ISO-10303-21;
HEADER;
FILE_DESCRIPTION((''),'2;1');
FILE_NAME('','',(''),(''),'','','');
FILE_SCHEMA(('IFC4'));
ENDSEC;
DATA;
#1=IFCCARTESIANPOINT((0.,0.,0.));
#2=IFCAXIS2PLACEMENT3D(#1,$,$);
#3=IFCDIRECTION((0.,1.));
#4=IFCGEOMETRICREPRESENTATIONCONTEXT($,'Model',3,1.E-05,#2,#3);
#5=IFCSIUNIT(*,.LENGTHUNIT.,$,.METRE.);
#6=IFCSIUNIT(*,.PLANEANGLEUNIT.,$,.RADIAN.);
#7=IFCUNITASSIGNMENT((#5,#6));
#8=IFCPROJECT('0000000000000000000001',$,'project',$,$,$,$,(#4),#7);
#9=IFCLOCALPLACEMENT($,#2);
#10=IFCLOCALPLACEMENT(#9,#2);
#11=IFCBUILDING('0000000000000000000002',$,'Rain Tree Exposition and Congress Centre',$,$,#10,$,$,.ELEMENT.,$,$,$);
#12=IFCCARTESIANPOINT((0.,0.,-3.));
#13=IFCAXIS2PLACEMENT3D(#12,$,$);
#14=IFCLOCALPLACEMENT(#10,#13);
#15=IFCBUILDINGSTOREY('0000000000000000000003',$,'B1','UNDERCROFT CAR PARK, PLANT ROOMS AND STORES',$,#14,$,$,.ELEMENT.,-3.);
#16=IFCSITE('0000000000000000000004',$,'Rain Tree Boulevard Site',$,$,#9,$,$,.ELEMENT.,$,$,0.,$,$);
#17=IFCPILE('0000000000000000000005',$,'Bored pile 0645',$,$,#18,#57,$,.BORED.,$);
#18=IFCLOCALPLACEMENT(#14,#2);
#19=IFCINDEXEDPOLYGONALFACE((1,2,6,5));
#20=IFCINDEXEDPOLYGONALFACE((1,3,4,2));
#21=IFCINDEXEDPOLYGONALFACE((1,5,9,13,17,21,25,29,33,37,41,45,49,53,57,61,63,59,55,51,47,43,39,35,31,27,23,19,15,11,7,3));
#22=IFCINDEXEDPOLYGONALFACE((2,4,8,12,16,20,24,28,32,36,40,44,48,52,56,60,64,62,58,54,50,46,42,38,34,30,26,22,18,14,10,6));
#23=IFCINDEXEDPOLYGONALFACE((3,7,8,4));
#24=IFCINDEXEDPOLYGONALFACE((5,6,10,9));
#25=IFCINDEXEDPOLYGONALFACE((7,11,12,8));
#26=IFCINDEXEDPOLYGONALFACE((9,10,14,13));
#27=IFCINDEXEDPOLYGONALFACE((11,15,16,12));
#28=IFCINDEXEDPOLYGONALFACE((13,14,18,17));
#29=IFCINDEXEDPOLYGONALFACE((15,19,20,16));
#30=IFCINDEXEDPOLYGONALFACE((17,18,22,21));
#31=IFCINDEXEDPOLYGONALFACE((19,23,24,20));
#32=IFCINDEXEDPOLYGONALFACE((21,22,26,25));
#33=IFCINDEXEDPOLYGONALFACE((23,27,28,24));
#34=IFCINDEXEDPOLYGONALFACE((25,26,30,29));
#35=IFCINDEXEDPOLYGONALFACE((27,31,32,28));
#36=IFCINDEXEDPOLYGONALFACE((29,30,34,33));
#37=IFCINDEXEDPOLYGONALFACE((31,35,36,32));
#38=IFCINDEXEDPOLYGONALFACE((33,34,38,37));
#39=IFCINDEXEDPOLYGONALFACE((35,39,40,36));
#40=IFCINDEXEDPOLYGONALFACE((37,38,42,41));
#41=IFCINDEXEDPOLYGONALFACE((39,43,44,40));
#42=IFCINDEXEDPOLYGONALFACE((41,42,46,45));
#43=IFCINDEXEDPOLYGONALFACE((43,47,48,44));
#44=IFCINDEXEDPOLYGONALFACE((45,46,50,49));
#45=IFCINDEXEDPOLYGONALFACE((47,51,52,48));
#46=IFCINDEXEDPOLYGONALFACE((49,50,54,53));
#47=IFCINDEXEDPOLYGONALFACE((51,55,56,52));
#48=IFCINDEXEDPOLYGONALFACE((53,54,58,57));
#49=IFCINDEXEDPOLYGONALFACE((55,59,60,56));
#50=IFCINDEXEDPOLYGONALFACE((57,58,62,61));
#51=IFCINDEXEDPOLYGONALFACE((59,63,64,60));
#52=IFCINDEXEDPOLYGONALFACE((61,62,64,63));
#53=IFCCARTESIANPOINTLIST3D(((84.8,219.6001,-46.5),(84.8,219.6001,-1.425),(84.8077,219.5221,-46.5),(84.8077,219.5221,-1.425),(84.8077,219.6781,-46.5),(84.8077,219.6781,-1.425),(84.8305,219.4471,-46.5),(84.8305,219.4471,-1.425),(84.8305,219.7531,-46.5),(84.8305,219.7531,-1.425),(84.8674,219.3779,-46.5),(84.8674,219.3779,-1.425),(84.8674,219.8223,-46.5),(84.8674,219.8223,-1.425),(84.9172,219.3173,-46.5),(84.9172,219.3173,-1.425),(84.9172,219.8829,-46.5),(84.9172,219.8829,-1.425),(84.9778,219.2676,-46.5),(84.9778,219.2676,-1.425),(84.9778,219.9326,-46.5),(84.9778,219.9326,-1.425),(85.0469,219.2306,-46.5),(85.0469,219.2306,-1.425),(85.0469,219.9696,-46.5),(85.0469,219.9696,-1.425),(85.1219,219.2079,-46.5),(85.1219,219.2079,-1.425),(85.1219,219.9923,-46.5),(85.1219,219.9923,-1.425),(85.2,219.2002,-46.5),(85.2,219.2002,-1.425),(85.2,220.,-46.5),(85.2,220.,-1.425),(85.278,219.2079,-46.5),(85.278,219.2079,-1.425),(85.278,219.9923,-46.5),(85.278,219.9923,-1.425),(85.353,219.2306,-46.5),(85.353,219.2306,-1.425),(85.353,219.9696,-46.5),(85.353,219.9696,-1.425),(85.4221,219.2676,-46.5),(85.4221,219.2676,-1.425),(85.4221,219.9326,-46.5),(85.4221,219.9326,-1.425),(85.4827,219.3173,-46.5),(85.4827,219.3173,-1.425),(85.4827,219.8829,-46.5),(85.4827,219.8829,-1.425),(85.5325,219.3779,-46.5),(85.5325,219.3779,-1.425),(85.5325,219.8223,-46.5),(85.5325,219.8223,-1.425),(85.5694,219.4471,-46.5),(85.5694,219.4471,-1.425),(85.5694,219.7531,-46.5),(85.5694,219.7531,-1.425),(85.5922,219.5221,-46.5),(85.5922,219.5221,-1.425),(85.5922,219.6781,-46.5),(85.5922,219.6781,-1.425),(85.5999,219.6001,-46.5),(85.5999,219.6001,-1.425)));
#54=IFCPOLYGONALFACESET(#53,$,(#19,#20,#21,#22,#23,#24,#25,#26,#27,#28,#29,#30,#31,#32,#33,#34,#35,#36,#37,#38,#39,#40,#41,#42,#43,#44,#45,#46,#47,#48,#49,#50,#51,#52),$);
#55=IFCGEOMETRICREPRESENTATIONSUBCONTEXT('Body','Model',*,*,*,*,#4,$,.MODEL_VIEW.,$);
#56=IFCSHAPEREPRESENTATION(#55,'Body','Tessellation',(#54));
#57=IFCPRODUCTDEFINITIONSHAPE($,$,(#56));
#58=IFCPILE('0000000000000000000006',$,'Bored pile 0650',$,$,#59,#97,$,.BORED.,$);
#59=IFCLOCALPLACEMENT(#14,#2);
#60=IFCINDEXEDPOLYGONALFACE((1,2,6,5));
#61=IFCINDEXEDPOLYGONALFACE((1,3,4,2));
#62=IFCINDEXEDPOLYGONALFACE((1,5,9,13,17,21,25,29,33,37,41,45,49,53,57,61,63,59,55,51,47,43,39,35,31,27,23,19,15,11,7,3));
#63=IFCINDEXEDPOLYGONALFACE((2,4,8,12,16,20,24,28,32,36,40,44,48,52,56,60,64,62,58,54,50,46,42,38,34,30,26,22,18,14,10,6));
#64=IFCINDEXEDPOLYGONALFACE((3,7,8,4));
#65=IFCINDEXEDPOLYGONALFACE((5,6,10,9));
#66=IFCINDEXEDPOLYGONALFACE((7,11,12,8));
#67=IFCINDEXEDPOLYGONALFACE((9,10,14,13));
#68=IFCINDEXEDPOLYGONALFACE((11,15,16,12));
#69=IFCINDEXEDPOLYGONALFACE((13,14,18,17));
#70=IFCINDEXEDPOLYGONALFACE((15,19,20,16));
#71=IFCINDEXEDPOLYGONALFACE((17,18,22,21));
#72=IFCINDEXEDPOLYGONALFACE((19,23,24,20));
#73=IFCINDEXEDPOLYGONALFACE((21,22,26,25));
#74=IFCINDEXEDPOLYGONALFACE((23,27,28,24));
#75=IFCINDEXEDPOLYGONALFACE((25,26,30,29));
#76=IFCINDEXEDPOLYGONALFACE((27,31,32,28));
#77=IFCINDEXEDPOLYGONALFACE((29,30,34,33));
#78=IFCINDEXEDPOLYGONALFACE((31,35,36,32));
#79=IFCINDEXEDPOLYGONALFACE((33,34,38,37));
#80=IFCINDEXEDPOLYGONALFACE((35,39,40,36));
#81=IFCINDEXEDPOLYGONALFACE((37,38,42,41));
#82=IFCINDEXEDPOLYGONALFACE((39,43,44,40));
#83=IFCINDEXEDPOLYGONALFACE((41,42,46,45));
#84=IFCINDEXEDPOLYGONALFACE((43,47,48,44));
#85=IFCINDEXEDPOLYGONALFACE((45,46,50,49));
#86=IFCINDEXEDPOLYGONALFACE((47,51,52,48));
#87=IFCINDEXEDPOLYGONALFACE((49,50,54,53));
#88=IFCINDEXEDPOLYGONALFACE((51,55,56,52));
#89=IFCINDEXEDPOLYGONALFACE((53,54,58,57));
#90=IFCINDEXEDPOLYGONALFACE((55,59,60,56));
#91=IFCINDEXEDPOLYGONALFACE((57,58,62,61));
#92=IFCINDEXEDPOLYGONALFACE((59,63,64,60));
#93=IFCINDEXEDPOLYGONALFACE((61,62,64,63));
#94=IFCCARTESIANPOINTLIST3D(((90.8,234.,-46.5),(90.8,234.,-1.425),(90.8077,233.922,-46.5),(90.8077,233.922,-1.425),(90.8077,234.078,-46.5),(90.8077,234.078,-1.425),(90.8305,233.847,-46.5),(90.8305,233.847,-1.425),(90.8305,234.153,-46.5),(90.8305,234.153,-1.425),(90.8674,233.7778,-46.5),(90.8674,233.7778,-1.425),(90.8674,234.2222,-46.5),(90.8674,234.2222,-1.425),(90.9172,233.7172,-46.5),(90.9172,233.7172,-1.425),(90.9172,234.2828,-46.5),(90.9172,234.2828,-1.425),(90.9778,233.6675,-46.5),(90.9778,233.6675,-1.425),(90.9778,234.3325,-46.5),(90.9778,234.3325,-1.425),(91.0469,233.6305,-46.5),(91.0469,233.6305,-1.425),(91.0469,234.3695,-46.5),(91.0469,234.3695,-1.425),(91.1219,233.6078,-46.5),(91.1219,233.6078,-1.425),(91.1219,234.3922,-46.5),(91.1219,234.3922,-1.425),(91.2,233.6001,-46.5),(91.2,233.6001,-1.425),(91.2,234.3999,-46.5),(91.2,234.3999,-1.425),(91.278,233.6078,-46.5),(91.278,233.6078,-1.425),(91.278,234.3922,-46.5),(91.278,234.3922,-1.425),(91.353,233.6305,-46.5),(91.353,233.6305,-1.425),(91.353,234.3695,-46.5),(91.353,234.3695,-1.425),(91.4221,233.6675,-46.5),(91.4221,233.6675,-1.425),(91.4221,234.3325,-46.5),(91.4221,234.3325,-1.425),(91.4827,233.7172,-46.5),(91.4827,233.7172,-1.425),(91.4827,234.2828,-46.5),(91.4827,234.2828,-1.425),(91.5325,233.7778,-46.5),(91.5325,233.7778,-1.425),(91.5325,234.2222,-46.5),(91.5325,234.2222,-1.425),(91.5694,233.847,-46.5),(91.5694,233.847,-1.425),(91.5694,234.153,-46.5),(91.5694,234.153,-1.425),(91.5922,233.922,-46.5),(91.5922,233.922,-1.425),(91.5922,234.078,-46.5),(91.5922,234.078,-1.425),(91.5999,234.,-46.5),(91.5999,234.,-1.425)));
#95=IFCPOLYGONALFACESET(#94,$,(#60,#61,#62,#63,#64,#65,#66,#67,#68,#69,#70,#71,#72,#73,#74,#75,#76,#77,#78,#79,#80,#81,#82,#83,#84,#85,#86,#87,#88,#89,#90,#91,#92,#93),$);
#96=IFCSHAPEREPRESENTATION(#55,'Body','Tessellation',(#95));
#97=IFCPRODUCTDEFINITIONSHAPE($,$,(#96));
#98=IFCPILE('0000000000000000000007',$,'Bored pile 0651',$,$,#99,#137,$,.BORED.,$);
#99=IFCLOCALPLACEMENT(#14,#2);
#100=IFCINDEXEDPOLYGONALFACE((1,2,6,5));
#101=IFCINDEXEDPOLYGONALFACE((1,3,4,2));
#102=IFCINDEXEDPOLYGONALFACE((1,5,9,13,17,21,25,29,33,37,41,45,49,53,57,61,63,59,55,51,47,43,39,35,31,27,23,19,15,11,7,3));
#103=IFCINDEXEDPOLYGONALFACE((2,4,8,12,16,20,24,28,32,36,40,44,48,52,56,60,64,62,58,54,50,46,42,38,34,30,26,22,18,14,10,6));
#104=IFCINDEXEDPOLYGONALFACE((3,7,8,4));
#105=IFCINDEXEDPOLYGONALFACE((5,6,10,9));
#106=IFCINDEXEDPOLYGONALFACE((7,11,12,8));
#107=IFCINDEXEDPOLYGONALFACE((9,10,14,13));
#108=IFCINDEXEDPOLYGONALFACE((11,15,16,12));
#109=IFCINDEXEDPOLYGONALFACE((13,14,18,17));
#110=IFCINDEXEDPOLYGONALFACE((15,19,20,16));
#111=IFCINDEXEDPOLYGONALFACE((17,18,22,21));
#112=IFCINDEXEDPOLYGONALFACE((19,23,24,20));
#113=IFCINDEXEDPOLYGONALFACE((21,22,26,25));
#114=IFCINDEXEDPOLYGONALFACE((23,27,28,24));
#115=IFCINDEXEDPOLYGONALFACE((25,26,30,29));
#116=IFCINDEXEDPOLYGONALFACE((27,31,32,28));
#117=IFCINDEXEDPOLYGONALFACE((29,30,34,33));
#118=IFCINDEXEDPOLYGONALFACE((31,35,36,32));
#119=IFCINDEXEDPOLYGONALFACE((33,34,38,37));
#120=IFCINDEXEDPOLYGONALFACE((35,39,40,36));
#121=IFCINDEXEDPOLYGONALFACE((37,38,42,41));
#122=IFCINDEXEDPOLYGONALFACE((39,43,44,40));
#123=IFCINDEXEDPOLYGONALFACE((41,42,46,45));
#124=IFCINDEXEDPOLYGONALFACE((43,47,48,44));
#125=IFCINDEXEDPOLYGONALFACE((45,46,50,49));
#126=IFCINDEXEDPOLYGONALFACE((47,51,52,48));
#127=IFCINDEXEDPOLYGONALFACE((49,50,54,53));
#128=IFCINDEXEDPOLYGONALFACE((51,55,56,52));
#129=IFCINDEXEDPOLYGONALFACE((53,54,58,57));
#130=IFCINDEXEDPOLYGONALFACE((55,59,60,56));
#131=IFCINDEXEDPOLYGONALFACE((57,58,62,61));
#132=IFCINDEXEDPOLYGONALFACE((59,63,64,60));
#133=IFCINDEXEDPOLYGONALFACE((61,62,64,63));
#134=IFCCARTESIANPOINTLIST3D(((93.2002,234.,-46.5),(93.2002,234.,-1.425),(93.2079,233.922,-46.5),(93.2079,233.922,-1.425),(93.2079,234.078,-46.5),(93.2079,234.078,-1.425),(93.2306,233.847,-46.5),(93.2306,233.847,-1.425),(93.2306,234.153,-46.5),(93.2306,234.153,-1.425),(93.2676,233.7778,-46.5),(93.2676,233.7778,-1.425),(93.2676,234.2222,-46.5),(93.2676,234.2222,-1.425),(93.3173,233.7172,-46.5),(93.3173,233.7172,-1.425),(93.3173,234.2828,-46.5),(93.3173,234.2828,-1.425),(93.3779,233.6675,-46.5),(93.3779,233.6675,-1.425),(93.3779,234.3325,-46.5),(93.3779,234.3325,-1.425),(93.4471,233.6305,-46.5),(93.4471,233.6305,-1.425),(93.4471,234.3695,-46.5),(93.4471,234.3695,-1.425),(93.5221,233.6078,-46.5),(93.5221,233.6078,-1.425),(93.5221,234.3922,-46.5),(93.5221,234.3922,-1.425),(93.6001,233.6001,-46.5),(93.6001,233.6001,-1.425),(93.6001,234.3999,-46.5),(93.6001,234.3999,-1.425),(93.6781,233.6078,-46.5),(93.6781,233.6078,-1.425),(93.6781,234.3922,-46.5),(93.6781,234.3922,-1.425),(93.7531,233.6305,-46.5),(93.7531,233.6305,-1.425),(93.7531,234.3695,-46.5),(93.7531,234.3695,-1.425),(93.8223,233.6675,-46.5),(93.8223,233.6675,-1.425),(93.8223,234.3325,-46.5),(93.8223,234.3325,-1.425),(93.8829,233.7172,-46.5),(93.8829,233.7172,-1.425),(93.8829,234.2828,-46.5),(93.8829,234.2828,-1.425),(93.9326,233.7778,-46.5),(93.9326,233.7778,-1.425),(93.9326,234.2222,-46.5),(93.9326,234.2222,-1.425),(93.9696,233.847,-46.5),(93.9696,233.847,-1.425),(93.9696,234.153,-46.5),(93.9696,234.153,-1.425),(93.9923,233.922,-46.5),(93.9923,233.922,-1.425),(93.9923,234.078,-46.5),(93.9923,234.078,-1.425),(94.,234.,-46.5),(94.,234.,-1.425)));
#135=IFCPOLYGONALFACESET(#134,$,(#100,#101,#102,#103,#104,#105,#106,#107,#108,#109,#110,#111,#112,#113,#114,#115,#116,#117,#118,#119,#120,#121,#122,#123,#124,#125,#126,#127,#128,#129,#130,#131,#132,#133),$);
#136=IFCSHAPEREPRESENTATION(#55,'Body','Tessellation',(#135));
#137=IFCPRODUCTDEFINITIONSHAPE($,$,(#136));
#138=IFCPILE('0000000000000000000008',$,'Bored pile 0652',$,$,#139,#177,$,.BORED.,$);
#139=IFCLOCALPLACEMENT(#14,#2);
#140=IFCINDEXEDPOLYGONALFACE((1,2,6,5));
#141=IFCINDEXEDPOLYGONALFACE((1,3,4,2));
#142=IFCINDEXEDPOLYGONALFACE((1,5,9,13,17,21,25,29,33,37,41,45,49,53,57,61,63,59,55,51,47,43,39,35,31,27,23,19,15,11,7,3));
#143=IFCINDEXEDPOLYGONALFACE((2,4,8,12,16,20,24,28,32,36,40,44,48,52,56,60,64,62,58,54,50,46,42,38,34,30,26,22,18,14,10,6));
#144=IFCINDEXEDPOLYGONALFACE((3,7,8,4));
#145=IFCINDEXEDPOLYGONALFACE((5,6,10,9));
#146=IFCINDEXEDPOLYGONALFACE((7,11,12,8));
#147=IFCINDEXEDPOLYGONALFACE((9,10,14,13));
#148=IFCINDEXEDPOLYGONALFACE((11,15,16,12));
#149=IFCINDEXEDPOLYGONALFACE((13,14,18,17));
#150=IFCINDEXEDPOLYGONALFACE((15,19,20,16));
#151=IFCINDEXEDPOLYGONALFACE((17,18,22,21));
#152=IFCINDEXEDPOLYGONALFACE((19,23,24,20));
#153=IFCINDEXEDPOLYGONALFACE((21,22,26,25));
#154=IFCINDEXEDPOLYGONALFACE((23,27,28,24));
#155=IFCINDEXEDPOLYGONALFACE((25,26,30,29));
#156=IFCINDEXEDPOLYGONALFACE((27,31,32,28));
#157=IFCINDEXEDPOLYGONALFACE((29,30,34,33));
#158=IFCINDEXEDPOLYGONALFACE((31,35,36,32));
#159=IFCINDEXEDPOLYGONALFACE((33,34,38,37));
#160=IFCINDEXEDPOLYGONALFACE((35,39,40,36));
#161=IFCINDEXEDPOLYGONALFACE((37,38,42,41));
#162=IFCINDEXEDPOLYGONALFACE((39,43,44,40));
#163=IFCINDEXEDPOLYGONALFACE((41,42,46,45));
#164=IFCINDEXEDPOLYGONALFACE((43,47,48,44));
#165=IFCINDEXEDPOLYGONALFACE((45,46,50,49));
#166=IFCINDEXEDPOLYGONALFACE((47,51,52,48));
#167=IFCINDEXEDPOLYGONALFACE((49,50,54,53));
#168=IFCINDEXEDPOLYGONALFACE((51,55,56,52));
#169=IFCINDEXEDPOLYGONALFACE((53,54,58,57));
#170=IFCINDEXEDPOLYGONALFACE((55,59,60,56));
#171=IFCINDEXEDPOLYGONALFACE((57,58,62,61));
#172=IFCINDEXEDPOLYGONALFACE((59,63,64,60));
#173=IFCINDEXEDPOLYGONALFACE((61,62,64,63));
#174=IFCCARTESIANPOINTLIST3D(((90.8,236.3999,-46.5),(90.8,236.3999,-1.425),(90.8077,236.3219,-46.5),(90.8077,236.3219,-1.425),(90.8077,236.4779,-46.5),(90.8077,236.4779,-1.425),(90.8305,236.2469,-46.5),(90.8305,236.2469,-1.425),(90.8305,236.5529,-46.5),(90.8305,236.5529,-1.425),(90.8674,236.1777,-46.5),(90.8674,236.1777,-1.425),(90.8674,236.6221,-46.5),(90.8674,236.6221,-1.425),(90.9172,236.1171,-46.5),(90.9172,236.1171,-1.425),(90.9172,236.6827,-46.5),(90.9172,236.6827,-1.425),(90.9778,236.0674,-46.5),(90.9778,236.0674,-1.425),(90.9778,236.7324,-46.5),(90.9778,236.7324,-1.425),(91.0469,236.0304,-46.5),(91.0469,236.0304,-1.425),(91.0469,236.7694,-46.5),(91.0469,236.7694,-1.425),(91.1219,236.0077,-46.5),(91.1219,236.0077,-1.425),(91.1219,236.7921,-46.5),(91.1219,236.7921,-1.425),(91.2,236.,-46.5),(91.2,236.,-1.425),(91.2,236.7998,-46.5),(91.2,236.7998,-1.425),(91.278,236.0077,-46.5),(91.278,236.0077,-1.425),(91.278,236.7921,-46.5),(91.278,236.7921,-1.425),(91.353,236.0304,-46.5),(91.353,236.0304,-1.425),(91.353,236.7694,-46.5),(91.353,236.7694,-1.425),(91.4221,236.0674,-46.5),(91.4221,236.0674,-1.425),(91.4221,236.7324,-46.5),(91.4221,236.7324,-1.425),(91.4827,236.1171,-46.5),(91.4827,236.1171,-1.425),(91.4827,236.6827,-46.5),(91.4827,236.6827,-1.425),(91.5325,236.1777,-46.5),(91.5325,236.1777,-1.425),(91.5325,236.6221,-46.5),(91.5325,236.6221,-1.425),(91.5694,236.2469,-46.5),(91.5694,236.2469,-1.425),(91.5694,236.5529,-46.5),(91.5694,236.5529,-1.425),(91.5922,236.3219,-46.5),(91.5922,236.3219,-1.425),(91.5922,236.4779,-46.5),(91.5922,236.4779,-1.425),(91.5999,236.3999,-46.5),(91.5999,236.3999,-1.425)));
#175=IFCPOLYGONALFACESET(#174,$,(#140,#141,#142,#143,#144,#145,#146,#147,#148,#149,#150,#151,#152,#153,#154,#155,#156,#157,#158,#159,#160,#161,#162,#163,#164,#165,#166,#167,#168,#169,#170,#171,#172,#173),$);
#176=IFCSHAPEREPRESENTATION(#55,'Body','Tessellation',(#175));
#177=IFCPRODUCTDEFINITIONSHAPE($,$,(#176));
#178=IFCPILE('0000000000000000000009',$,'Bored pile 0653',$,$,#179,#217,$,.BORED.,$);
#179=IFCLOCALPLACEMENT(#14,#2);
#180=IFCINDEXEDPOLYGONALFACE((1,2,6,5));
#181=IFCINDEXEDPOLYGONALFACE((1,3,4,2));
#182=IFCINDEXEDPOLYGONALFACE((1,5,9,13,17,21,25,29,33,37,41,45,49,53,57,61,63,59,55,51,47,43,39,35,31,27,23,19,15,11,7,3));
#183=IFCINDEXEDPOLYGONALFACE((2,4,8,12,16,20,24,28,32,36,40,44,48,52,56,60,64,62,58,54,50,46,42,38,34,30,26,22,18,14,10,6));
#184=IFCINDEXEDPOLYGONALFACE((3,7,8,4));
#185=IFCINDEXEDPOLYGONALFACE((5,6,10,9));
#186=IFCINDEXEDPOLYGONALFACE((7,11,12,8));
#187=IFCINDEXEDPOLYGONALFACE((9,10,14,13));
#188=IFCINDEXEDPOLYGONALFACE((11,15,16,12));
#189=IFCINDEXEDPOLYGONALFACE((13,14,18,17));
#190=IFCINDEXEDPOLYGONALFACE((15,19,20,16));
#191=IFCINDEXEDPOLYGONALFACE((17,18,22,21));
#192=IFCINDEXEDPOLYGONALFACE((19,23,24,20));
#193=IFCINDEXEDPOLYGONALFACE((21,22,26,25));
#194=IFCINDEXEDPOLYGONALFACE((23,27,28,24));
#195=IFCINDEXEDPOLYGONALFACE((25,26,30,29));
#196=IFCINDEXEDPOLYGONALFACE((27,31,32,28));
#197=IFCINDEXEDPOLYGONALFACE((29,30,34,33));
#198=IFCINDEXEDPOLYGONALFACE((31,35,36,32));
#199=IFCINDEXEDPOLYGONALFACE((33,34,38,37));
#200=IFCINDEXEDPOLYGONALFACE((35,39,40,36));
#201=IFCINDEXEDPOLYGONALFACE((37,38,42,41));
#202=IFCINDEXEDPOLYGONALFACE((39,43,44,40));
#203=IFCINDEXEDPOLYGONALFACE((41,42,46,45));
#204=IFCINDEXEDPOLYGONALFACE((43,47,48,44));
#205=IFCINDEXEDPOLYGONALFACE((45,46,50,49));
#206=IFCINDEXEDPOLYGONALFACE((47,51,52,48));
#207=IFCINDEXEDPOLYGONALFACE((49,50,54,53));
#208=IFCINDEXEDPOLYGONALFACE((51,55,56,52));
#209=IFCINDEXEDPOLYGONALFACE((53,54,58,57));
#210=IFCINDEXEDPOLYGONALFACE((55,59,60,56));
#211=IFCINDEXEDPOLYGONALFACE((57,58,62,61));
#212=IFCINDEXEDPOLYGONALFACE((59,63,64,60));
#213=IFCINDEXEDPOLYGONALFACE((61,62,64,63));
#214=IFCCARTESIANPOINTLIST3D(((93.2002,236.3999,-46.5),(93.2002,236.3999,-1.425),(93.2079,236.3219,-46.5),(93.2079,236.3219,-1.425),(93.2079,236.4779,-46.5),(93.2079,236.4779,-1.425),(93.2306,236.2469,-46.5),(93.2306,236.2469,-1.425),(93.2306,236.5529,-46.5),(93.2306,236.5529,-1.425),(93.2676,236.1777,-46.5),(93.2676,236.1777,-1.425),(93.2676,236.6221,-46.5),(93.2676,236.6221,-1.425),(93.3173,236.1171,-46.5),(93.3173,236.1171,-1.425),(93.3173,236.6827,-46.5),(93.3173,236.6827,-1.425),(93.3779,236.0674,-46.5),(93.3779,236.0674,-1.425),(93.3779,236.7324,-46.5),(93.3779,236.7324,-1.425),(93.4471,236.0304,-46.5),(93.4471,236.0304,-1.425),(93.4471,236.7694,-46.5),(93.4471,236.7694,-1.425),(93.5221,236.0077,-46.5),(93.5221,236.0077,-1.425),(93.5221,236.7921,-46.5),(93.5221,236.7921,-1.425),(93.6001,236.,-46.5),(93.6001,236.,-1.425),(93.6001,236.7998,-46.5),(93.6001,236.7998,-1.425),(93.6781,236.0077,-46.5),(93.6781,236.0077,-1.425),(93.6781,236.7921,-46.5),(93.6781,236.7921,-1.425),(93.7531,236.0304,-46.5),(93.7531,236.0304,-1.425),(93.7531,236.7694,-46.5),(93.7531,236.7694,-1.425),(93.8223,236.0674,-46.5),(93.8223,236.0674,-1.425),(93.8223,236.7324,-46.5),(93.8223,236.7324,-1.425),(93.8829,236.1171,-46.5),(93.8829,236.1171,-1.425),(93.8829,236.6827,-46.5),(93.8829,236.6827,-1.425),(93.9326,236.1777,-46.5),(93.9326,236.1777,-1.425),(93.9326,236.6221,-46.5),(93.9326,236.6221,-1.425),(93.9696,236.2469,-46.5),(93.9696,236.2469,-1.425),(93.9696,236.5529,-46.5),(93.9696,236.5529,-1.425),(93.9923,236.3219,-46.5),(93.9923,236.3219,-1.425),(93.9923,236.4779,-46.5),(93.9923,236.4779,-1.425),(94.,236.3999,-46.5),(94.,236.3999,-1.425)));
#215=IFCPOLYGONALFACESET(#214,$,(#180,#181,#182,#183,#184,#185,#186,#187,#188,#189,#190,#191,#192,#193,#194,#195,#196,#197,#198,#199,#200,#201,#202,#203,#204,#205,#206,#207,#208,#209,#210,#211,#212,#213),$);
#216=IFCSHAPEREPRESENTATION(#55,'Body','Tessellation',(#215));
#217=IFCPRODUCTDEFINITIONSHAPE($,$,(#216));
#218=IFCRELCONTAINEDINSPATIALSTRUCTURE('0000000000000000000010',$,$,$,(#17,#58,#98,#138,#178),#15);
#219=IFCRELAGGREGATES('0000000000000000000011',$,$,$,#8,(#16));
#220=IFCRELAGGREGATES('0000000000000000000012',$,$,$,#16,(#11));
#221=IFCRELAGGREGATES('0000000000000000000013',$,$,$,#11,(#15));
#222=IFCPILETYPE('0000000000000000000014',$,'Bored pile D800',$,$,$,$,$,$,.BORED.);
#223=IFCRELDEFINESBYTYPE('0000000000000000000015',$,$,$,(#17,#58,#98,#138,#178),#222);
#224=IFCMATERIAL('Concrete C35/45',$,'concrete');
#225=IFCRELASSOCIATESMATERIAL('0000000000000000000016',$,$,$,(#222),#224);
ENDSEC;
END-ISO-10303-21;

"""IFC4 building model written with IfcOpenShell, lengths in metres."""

from ifc_helpers import new_model, si_unit, direction, frame, origin, origin_2d, place, context, subcontext, project, spatial, circle, extrude, material, material_profile, profile_set, type_object, element, save


model = new_model("IFC4")

# Units and contexts
model_context = context("Model", 3, precision=1e-05, world=origin(), true_north=direction((0.0, 1.0)))
body_context = subcontext(model_context, "Body", "Model", "MODEL_VIEW")
ifc_project = project(units=[si_unit("LENGTHUNIT", "METRE"), si_unit("PLANEANGLEUNIT", "RADIAN")], contexts=[model_context])

# Site, building, storey
site_placement = place(None, origin())
site = spatial("IfcSite", under=ifc_project, at=site_placement, Name="Rain Tree Boulevard Site", CompositionType="ELEMENT", RefElevation=0.0)
building_placement = place(site_placement, origin())
building = spatial("IfcBuilding", under=site, at=building_placement, Name="Rain Tree Exposition and Congress Centre", CompositionType="ELEMENT")
storey_placement = place(building_placement, frame((0.0, 0.0, -3.0)))
storey = spatial("IfcBuildingStorey", under=building, at=storey_placement, Name="B1", Description="UNDERCROFT CAR PARK, PLANT ROOMS AND STORES", CompositionType="ELEMENT", Elevation=-3.0)

# Piles
ifc_material_1 = material(Name="Concrete C35/45", Category="concrete")
ifc_material_profile_1 = material_profile(ifc_material_1, circle(Radius=0.3999, at=origin_2d()), Name="D800")
ifc_profile_set_1 = profile_set([ifc_material_profile_1], Name="Concrete C35/45")
pile_type = type_object("IfcPileType", Name="Bored pile D800", PredefinedType="BORED", material=ifc_profile_set_1)
for number, where, z_axis, x_axis, name in (
    (1, (85.2, 219.6001, -1.425), (0.0, 0.0, -1.0), (1.0, 0.0, 0.0), "Bored pile 0645"),
    (2, (91.2, 234.0, -1.425), (0.0, 0.0, -1.0), (1.0, 0.0, 0.0), "Bored pile 0650"),
    (3, (93.6001, 234.0, -1.425), (0.0, 0.0, -1.0), (1.0, 0.0, 0.0), "Bored pile 0651"),
    (4, (91.2, 236.3999, -1.425), (0.0, 0.0, -1.0), (1.0, 0.0, 0.0), "Bored pile 0652"),
    (5, (93.6001, 236.3999, -1.425), (0.0, 0.0, -1.0), (1.0, 0.0, 0.0), "Bored pile 0653"),
):
    element("IfcPile", number, at=place(storey_placement, frame(where, z_axis=z_axis, x_axis=x_axis)), inside=storey, type_object=pile_type, Name=name, PredefinedType="BORED", context=body_context, shape_type="SweptSolid", body=[
        extrude(circle(Radius=0.3999, at=origin_2d()), origin(), (0.0, 0.0, 1.0), 45.075),
    ])

save(model, "model.ifc")
